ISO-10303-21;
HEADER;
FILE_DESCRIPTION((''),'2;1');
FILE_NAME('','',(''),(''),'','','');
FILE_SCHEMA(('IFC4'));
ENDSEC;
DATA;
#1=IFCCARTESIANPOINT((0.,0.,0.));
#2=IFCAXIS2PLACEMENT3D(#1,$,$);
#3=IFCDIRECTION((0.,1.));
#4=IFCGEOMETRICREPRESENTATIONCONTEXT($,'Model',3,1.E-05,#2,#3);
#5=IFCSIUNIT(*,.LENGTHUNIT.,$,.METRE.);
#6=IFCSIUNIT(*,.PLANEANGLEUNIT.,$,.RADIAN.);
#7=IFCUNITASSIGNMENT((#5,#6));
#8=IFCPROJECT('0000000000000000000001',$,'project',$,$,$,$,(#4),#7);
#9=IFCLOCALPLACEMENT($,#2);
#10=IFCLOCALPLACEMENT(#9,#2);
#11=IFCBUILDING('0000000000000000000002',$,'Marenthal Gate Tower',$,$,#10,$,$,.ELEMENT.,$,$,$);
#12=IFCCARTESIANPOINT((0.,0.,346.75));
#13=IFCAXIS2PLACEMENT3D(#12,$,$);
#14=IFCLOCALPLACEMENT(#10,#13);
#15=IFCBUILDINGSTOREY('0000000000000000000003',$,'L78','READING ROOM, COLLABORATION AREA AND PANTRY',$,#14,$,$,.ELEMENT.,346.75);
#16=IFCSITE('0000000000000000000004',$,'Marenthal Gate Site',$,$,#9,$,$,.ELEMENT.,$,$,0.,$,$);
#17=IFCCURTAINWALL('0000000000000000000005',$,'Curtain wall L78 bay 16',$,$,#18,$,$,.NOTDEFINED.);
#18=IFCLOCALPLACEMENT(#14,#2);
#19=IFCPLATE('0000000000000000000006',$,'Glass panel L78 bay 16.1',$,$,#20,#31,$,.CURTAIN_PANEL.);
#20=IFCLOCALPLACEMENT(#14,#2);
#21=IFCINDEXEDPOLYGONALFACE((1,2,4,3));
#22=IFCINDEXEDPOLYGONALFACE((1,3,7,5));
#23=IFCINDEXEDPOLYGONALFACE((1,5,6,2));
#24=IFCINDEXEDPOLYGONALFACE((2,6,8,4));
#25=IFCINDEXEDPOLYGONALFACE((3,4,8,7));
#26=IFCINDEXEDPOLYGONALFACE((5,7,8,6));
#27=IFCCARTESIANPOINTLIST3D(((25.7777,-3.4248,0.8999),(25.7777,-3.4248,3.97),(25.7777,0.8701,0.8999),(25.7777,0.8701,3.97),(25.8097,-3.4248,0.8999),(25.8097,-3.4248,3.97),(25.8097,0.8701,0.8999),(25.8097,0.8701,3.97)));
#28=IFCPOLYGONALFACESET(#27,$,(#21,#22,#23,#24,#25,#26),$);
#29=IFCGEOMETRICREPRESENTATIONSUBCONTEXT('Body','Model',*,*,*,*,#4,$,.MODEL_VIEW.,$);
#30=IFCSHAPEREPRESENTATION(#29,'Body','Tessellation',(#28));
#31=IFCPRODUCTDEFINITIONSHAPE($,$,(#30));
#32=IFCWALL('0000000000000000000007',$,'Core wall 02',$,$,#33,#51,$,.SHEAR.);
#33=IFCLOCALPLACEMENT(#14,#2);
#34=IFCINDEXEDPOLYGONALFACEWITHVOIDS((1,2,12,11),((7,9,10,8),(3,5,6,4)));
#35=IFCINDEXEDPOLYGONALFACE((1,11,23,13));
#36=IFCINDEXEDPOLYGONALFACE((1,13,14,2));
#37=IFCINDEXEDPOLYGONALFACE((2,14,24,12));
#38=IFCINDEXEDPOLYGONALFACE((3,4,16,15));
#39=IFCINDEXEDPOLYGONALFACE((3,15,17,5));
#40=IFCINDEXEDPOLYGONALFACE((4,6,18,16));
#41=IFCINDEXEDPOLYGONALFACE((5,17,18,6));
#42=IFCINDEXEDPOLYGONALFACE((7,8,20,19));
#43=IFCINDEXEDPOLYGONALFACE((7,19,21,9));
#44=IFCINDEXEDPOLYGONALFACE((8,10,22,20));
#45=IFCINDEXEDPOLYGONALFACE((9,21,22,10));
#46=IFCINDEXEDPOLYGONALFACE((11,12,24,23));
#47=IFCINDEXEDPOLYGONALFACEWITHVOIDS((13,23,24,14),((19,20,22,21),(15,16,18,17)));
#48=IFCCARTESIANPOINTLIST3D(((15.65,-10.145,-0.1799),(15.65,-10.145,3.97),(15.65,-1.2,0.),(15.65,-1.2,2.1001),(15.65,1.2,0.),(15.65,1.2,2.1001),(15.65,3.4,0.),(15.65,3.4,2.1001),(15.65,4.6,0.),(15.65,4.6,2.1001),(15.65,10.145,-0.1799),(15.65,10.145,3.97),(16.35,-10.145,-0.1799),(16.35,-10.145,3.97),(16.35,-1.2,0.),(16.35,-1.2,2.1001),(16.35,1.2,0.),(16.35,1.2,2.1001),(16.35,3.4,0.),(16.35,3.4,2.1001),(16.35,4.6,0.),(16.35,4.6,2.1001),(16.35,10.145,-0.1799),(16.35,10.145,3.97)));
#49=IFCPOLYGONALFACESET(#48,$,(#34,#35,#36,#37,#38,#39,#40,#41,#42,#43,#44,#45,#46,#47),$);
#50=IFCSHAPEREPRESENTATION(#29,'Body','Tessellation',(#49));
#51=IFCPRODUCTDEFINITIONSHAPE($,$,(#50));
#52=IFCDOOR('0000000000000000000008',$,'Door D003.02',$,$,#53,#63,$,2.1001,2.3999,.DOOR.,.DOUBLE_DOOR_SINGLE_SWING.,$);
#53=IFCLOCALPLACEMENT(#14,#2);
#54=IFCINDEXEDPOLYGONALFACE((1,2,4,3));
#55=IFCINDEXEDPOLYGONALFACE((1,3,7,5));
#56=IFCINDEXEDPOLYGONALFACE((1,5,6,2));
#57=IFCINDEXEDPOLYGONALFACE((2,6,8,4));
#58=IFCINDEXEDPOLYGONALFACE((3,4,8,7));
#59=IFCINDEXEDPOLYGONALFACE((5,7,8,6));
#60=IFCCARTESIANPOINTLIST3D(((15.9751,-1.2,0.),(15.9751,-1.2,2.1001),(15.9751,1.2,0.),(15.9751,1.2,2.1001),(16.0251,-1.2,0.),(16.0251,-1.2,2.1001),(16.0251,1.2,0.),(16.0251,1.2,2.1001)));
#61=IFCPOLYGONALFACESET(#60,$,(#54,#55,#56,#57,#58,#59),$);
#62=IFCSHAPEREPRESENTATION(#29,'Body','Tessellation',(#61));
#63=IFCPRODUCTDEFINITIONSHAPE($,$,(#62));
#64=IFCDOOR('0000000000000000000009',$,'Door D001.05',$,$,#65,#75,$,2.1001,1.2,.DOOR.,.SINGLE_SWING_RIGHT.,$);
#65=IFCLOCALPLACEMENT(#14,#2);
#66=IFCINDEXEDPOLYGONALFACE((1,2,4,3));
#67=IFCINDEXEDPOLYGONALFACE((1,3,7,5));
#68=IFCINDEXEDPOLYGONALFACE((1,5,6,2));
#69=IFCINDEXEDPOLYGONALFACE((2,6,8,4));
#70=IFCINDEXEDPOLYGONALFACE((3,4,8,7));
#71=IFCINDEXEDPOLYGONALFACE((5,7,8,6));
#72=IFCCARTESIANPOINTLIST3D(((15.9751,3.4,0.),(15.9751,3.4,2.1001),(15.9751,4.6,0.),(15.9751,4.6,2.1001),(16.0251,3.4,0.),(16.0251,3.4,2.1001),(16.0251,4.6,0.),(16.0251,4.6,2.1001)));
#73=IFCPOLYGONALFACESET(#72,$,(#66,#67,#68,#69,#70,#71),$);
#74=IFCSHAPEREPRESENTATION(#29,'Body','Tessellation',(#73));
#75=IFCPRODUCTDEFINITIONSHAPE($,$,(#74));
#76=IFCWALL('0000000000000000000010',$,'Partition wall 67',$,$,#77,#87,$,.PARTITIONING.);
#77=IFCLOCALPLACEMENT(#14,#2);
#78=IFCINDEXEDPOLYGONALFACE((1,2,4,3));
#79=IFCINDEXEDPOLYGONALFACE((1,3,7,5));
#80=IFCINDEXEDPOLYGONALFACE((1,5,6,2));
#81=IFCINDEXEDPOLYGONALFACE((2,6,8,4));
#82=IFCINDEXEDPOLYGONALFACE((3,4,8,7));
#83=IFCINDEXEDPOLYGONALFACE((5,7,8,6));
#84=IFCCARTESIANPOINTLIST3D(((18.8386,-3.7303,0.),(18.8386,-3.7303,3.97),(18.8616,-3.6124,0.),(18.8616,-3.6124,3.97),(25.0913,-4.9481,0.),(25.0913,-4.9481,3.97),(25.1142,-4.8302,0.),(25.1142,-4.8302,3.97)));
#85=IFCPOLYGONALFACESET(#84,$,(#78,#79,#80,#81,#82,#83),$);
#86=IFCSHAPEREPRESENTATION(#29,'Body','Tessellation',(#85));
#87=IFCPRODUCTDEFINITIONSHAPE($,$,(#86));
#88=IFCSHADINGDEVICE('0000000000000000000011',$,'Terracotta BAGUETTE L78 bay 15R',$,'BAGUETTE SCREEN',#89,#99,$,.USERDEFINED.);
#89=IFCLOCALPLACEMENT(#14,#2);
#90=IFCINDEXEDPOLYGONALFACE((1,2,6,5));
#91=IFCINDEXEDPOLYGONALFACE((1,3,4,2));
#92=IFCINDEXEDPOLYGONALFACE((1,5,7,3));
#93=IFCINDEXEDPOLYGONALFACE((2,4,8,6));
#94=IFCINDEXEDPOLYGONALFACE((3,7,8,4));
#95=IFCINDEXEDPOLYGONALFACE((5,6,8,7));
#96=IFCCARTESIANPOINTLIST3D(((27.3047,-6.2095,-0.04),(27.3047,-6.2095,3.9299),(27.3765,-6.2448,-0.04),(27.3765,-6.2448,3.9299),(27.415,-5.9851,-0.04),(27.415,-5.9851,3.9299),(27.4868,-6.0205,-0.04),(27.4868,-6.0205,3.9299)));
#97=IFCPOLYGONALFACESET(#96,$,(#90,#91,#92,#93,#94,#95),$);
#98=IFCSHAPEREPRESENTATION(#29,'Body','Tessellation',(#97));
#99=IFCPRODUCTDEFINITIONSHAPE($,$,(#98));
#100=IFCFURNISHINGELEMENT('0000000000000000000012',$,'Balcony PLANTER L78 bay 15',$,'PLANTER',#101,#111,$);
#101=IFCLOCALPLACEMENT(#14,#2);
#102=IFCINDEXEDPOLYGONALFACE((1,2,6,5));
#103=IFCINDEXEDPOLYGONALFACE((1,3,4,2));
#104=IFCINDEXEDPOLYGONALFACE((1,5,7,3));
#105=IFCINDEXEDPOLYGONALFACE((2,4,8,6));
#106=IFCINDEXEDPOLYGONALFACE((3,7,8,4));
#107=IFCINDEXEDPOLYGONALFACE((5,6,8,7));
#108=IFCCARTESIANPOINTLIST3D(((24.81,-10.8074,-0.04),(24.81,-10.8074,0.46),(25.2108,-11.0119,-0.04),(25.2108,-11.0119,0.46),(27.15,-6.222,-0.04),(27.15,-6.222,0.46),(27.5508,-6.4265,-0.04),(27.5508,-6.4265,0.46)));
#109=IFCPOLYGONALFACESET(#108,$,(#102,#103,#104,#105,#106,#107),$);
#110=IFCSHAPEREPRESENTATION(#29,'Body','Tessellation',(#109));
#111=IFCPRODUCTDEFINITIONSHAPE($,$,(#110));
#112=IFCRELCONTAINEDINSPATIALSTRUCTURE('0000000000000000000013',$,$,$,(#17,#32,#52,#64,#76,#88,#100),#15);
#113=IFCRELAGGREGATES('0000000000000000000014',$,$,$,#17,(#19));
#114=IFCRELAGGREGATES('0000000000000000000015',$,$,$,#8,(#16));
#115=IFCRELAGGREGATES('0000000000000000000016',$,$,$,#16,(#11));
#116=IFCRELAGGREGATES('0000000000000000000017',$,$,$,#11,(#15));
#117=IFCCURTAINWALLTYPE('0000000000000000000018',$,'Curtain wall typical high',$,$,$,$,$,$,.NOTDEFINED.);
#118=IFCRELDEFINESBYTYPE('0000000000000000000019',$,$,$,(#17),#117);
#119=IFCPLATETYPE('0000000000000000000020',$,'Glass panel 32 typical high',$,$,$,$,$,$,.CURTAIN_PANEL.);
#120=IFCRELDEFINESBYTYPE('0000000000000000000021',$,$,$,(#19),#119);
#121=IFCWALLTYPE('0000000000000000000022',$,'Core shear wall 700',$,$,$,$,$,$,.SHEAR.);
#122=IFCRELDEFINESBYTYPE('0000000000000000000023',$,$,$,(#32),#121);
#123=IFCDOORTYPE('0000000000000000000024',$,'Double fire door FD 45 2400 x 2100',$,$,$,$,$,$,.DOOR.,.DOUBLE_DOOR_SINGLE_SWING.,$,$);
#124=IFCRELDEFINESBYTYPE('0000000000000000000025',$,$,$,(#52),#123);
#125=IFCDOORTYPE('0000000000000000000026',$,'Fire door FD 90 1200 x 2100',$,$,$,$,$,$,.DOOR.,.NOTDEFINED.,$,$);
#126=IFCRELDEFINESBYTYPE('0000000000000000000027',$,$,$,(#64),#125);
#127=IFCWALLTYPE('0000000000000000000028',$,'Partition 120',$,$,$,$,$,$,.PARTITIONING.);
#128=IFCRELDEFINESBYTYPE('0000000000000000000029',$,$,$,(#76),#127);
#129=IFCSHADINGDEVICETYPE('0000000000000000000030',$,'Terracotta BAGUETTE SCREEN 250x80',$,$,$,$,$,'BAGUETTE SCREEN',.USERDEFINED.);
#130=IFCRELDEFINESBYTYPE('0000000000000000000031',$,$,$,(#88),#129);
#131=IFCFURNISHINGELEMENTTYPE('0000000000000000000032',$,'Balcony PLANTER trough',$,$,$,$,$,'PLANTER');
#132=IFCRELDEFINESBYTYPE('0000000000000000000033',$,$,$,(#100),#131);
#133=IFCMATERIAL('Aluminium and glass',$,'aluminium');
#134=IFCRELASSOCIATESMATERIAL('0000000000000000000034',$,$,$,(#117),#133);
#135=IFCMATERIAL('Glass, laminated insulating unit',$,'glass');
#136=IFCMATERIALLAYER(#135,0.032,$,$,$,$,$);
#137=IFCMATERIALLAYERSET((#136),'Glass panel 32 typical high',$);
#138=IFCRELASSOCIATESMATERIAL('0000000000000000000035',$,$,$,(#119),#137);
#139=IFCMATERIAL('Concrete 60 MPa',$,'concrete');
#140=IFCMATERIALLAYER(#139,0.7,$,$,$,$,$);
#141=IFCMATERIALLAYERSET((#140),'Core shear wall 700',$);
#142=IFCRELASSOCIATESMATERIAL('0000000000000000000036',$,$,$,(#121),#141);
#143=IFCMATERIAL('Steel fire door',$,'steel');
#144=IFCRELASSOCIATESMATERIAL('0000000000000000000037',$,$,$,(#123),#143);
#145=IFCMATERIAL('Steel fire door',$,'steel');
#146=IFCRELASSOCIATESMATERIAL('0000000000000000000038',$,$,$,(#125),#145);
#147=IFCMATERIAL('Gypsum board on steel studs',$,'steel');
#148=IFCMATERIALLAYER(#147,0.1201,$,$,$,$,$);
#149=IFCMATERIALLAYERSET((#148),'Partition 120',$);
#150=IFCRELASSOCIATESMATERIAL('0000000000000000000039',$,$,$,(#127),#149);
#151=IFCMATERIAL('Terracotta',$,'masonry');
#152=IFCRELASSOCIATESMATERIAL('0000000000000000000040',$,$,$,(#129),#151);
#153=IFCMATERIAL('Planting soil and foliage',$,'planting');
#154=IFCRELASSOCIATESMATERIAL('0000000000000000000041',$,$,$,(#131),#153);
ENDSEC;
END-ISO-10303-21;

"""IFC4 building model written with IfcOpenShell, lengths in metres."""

from ifc_helpers import new_model, si_unit, direction, frame, frame_2d, origin, origin_2d, place, context, subcontext, project, spatial, rectangle, extrude, material, layer, layer_set, material_profile, profile_set, type_object, element, fill, aggregate, save


model = new_model("IFC4")

# Units and contexts
model_context = context("Model", 3, precision=1e-05, world=origin(), true_north=direction((0.0, 1.0)))
body_context = subcontext(model_context, "Body", "Model", "MODEL_VIEW")
ifc_project = project(units=[si_unit("LENGTHUNIT", "METRE"), si_unit("PLANEANGLEUNIT", "RADIAN")], contexts=[model_context])

# Site, building, storey
site_placement = place(None, origin())
site = spatial("IfcSite", under=ifc_project, at=site_placement, Name="Marenthal Gate Site", CompositionType="ELEMENT", RefElevation=0.0)
building_placement = place(site_placement, origin())
building = spatial("IfcBuilding", under=site, at=building_placement, Name="Marenthal Gate Tower", CompositionType="ELEMENT")
storey_placement = place(building_placement, frame((0.0, 0.0, 346.75)))
storey = spatial("IfcBuildingStorey", under=building, at=storey_placement, Name="L78", Description="READING ROOM, COLLABORATION AREA AND PANTRY", CompositionType="ELEMENT", Elevation=346.75)

# Curtain wall
ifc_material_1 = material(Name="Aluminium and glass", Category="aluminium")
curtain_wall_type = type_object("IfcCurtainWallType", Name="Curtain wall typical high", PredefinedType="NOTDEFINED", material=ifc_material_1)
curtain_wall_placement = place(storey_placement, origin())
curtain_wall = element("IfcCurtainWall", 1, at=curtain_wall_placement, inside=storey, type_object=curtain_wall_type, Name="Curtain wall L78 bay 16", PredefinedType="NOTDEFINED")

# Plate
ifc_material_2 = material(Name="Glass, laminated insulating unit", Category="glass")
ifc_layer_1 = layer(ifc_material_2, 0.032)
ifc_layer_set_1 = layer_set([ifc_layer_1], Name="Glass panel 32 typical high")
plate_type = type_object("IfcPlateType", Name="Glass panel 32 typical high", PredefinedType="CURTAIN_PANEL", material=ifc_layer_set_1)
plate_placement = place(storey_placement, frame((25.7937, -1.2773, 0.8999), z_axis=(0.0, 0.0, 1.0), x_axis=(0.0, 1.0, 0.0)))
plate = element("IfcPlate", 2, at=plate_placement, type_object=plate_type, Name="Glass panel L78 bay 16.1", PredefinedType="CURTAIN_PANEL", context=body_context, shape_type="SweptSolid", body=[
    extrude(rectangle(XDim=4.2949, YDim=0.032, at=origin_2d()), origin(), (0.0, 0.0, 1.0), 3.0701),
])
aggregate(curtain_wall, [plate])

# Wall, openings, doors
ifc_material_3 = material(Name="Concrete 60 MPa", Category="concrete")
ifc_layer_2 = layer(ifc_material_3, 0.7)
ifc_layer_set_2 = layer_set([ifc_layer_2], Name="Core shear wall 700")
wall_type_1 = type_object("IfcWallType", Name="Core shear wall 700", PredefinedType="SHEAR", material=ifc_layer_set_2)
wall_1_placement = place(storey_placement, frame((16.0, -10.145, -0.1799), z_axis=(0.0, 0.0, 1.0), x_axis=(0.0, 1.0, 0.0)))
wall_1 = element("IfcWall", 3, at=wall_1_placement, inside=storey, type_object=wall_type_1, Name="Core wall 02", PredefinedType="SHEAR", context=body_context, shape_type="SweptSolid", body=[
    extrude(rectangle(XDim=20.29, YDim=0.7, at=frame_2d((10.145, 0.0))), origin(), (0.0, 0.0, 1.0), 4.1499),
])
opening_1_placement = place(wall_1_placement, frame((8.9451, 0.0, 0.1799)))
opening_1 = element("IfcOpeningElement", 4, at=opening_1_placement, cuts=wall_1, PredefinedType="OPENING", context=body_context, shape_type="SweptSolid", body=[
    extrude(rectangle(XDim=2.3999, YDim=2.1001, at=frame_2d((1.2, 1.05))), frame((0.0, 0.3599, 0.0), z_axis=(0.0, -1.0, 0.0), x_axis=(1.0, 0.0, 0.0)), (0.0, 0.0, 1.0), 0.72),
])
opening_2_placement = place(wall_1_placement, frame((13.5449, 0.0, 0.1799)))
opening_2 = element("IfcOpeningElement", 5, at=opening_2_placement, cuts=wall_1, PredefinedType="OPENING", context=body_context, shape_type="SweptSolid", body=[
    extrude(rectangle(XDim=1.2, YDim=2.1001, at=frame_2d((0.6001, 1.05))), frame((0.0, 0.3599, 0.0), z_axis=(0.0, -1.0, 0.0), x_axis=(1.0, 0.0, 0.0)), (0.0, 0.0, 1.0), 0.72),
])
ifc_material_4 = material(Name="Steel fire door", Category="steel")
door_type_1 = type_object("IfcDoorType", Name="Double fire door FD 45 2400 x 2100", OperationType="DOUBLE_DOOR_SINGLE_SWING", PredefinedType="DOOR", material=ifc_material_4)
door_1_placement = place(opening_1_placement, origin())
door_1 = element("IfcDoor", 6, at=door_1_placement, inside=storey, type_object=door_type_1, Name="Door D003.02", OperationType="DOUBLE_DOOR_SINGLE_SWING", OverallHeight=2.1001, OverallWidth=2.3999, PredefinedType="DOOR", context=body_context, shape_type="SweptSolid", body=[
    extrude(rectangle(XDim=2.3999, YDim=2.1001, at=frame_2d((1.2, 1.05))), frame((0.0, 0.0249, 0.0), z_axis=(0.0, -1.0, 0.0), x_axis=(1.0, 0.0, 0.0)), (0.0, 0.0, 1.0), 0.05),
])
fill(opening_1, door_1)
ifc_material_5 = material(Name="Steel fire door", Category="steel")
door_type_2 = type_object("IfcDoorType", Name="Fire door FD 90 1200 x 2100", OperationType="NOTDEFINED", PredefinedType="DOOR", material=ifc_material_5)
door_2_placement = place(opening_2_placement, origin())
door_2 = element("IfcDoor", 7, at=door_2_placement, inside=storey, type_object=door_type_2, Name="Door D001.05", OperationType="SINGLE_SWING_RIGHT", OverallHeight=2.1001, OverallWidth=1.2, PredefinedType="DOOR", context=body_context, shape_type="SweptSolid", body=[
    extrude(rectangle(XDim=1.2, YDim=2.1001, at=frame_2d((0.6001, 1.05))), frame((0.0, 0.0249, 0.0), z_axis=(0.0, -1.0, 0.0), x_axis=(1.0, 0.0, 0.0)), (0.0, 0.0, 1.0), 0.05),
])
fill(opening_2, door_2)

# Wall
ifc_material_6 = material(Name="Gypsum board on steel studs", Category="steel")
ifc_layer_3 = layer(ifc_material_6, 0.1201)
ifc_layer_set_3 = layer_set([ifc_layer_3], Name="Partition 120")
wall_type_2 = type_object("IfcWallType", Name="Partition 120", PredefinedType="PARTITIONING", material=ifc_layer_set_3)
wall_2_placement = place(storey_placement, frame((18.8501, -3.6714, 0.0), z_axis=(0.0, 0.0, 1.0), x_axis=(0.981557, -0.191168, 0.0)))
element("IfcWall", 8, at=wall_2_placement, inside=storey, type_object=wall_type_2, Name="Partition wall 67", PredefinedType="PARTITIONING", context=body_context, shape_type="SweptSolid", body=[
    extrude(rectangle(XDim=6.3701, YDim=0.1201, at=frame_2d((3.1851, 0.0))), origin(), (0.0, 0.0, 1.0), 3.97),
])

# Shading device
ifc_material_7 = material(Name="Terracotta", Category="masonry")
ifc_material_profile_1 = material_profile(ifc_material_7, rectangle(XDim=0.25, YDim=0.0801, at=origin_2d()), Name="Terracotta baguette 250x80")
ifc_profile_set_1 = profile_set([ifc_material_profile_1], Name="Terracotta")
shading_device_type = type_object("IfcShadingDeviceType", Name="Terracotta BAGUETTE SCREEN 250x80", ElementType="BAGUETTE SCREEN", PredefinedType="USERDEFINED", material=ifc_profile_set_1)
shading_device_placement = place(storey_placement, frame((27.3958, -6.115, -0.04), z_axis=(0.0, 0.0, 1.0), x_axis=(0.441181, 0.897418, 0.0)))
element("IfcShadingDevice", 9, at=shading_device_placement, inside=storey, type_object=shading_device_type, Name="Terracotta BAGUETTE L78 bay 15R", ObjectType="BAGUETTE SCREEN", PredefinedType="USERDEFINED", context=body_context, shape_type="SweptSolid", body=[
    extrude(rectangle(XDim=0.25, YDim=0.0801, at=origin_2d()), origin(), (0.0, 0.0, 1.0), 3.97),
])

# Furnishing element
ifc_material_8 = material(Name="Planting soil and foliage", Category="planting")
furnishing_element_type = type_object("IfcFurnishingElementType", Name="Balcony PLANTER trough", ElementType="PLANTER", material=ifc_material_8)
furnishing_placement = place(storey_placement, frame((26.1804, -8.6169, -0.04), z_axis=(0.0, 0.0, 1.0), x_axis=(0.454546, 0.890723, 0.0)))
element("IfcFurnishingElement", 10, at=furnishing_placement, inside=storey, type_object=furnishing_element_type, Name="Balcony PLANTER L78 bay 15", ObjectType="PLANTER", context=body_context, shape_type="SweptSolid", body=[
    extrude(rectangle(XDim=5.1479, YDim=0.45, at=origin_2d()), origin(), (0.0, 0.0, 1.0), 0.5),
])

save(model, "model.ifc")
